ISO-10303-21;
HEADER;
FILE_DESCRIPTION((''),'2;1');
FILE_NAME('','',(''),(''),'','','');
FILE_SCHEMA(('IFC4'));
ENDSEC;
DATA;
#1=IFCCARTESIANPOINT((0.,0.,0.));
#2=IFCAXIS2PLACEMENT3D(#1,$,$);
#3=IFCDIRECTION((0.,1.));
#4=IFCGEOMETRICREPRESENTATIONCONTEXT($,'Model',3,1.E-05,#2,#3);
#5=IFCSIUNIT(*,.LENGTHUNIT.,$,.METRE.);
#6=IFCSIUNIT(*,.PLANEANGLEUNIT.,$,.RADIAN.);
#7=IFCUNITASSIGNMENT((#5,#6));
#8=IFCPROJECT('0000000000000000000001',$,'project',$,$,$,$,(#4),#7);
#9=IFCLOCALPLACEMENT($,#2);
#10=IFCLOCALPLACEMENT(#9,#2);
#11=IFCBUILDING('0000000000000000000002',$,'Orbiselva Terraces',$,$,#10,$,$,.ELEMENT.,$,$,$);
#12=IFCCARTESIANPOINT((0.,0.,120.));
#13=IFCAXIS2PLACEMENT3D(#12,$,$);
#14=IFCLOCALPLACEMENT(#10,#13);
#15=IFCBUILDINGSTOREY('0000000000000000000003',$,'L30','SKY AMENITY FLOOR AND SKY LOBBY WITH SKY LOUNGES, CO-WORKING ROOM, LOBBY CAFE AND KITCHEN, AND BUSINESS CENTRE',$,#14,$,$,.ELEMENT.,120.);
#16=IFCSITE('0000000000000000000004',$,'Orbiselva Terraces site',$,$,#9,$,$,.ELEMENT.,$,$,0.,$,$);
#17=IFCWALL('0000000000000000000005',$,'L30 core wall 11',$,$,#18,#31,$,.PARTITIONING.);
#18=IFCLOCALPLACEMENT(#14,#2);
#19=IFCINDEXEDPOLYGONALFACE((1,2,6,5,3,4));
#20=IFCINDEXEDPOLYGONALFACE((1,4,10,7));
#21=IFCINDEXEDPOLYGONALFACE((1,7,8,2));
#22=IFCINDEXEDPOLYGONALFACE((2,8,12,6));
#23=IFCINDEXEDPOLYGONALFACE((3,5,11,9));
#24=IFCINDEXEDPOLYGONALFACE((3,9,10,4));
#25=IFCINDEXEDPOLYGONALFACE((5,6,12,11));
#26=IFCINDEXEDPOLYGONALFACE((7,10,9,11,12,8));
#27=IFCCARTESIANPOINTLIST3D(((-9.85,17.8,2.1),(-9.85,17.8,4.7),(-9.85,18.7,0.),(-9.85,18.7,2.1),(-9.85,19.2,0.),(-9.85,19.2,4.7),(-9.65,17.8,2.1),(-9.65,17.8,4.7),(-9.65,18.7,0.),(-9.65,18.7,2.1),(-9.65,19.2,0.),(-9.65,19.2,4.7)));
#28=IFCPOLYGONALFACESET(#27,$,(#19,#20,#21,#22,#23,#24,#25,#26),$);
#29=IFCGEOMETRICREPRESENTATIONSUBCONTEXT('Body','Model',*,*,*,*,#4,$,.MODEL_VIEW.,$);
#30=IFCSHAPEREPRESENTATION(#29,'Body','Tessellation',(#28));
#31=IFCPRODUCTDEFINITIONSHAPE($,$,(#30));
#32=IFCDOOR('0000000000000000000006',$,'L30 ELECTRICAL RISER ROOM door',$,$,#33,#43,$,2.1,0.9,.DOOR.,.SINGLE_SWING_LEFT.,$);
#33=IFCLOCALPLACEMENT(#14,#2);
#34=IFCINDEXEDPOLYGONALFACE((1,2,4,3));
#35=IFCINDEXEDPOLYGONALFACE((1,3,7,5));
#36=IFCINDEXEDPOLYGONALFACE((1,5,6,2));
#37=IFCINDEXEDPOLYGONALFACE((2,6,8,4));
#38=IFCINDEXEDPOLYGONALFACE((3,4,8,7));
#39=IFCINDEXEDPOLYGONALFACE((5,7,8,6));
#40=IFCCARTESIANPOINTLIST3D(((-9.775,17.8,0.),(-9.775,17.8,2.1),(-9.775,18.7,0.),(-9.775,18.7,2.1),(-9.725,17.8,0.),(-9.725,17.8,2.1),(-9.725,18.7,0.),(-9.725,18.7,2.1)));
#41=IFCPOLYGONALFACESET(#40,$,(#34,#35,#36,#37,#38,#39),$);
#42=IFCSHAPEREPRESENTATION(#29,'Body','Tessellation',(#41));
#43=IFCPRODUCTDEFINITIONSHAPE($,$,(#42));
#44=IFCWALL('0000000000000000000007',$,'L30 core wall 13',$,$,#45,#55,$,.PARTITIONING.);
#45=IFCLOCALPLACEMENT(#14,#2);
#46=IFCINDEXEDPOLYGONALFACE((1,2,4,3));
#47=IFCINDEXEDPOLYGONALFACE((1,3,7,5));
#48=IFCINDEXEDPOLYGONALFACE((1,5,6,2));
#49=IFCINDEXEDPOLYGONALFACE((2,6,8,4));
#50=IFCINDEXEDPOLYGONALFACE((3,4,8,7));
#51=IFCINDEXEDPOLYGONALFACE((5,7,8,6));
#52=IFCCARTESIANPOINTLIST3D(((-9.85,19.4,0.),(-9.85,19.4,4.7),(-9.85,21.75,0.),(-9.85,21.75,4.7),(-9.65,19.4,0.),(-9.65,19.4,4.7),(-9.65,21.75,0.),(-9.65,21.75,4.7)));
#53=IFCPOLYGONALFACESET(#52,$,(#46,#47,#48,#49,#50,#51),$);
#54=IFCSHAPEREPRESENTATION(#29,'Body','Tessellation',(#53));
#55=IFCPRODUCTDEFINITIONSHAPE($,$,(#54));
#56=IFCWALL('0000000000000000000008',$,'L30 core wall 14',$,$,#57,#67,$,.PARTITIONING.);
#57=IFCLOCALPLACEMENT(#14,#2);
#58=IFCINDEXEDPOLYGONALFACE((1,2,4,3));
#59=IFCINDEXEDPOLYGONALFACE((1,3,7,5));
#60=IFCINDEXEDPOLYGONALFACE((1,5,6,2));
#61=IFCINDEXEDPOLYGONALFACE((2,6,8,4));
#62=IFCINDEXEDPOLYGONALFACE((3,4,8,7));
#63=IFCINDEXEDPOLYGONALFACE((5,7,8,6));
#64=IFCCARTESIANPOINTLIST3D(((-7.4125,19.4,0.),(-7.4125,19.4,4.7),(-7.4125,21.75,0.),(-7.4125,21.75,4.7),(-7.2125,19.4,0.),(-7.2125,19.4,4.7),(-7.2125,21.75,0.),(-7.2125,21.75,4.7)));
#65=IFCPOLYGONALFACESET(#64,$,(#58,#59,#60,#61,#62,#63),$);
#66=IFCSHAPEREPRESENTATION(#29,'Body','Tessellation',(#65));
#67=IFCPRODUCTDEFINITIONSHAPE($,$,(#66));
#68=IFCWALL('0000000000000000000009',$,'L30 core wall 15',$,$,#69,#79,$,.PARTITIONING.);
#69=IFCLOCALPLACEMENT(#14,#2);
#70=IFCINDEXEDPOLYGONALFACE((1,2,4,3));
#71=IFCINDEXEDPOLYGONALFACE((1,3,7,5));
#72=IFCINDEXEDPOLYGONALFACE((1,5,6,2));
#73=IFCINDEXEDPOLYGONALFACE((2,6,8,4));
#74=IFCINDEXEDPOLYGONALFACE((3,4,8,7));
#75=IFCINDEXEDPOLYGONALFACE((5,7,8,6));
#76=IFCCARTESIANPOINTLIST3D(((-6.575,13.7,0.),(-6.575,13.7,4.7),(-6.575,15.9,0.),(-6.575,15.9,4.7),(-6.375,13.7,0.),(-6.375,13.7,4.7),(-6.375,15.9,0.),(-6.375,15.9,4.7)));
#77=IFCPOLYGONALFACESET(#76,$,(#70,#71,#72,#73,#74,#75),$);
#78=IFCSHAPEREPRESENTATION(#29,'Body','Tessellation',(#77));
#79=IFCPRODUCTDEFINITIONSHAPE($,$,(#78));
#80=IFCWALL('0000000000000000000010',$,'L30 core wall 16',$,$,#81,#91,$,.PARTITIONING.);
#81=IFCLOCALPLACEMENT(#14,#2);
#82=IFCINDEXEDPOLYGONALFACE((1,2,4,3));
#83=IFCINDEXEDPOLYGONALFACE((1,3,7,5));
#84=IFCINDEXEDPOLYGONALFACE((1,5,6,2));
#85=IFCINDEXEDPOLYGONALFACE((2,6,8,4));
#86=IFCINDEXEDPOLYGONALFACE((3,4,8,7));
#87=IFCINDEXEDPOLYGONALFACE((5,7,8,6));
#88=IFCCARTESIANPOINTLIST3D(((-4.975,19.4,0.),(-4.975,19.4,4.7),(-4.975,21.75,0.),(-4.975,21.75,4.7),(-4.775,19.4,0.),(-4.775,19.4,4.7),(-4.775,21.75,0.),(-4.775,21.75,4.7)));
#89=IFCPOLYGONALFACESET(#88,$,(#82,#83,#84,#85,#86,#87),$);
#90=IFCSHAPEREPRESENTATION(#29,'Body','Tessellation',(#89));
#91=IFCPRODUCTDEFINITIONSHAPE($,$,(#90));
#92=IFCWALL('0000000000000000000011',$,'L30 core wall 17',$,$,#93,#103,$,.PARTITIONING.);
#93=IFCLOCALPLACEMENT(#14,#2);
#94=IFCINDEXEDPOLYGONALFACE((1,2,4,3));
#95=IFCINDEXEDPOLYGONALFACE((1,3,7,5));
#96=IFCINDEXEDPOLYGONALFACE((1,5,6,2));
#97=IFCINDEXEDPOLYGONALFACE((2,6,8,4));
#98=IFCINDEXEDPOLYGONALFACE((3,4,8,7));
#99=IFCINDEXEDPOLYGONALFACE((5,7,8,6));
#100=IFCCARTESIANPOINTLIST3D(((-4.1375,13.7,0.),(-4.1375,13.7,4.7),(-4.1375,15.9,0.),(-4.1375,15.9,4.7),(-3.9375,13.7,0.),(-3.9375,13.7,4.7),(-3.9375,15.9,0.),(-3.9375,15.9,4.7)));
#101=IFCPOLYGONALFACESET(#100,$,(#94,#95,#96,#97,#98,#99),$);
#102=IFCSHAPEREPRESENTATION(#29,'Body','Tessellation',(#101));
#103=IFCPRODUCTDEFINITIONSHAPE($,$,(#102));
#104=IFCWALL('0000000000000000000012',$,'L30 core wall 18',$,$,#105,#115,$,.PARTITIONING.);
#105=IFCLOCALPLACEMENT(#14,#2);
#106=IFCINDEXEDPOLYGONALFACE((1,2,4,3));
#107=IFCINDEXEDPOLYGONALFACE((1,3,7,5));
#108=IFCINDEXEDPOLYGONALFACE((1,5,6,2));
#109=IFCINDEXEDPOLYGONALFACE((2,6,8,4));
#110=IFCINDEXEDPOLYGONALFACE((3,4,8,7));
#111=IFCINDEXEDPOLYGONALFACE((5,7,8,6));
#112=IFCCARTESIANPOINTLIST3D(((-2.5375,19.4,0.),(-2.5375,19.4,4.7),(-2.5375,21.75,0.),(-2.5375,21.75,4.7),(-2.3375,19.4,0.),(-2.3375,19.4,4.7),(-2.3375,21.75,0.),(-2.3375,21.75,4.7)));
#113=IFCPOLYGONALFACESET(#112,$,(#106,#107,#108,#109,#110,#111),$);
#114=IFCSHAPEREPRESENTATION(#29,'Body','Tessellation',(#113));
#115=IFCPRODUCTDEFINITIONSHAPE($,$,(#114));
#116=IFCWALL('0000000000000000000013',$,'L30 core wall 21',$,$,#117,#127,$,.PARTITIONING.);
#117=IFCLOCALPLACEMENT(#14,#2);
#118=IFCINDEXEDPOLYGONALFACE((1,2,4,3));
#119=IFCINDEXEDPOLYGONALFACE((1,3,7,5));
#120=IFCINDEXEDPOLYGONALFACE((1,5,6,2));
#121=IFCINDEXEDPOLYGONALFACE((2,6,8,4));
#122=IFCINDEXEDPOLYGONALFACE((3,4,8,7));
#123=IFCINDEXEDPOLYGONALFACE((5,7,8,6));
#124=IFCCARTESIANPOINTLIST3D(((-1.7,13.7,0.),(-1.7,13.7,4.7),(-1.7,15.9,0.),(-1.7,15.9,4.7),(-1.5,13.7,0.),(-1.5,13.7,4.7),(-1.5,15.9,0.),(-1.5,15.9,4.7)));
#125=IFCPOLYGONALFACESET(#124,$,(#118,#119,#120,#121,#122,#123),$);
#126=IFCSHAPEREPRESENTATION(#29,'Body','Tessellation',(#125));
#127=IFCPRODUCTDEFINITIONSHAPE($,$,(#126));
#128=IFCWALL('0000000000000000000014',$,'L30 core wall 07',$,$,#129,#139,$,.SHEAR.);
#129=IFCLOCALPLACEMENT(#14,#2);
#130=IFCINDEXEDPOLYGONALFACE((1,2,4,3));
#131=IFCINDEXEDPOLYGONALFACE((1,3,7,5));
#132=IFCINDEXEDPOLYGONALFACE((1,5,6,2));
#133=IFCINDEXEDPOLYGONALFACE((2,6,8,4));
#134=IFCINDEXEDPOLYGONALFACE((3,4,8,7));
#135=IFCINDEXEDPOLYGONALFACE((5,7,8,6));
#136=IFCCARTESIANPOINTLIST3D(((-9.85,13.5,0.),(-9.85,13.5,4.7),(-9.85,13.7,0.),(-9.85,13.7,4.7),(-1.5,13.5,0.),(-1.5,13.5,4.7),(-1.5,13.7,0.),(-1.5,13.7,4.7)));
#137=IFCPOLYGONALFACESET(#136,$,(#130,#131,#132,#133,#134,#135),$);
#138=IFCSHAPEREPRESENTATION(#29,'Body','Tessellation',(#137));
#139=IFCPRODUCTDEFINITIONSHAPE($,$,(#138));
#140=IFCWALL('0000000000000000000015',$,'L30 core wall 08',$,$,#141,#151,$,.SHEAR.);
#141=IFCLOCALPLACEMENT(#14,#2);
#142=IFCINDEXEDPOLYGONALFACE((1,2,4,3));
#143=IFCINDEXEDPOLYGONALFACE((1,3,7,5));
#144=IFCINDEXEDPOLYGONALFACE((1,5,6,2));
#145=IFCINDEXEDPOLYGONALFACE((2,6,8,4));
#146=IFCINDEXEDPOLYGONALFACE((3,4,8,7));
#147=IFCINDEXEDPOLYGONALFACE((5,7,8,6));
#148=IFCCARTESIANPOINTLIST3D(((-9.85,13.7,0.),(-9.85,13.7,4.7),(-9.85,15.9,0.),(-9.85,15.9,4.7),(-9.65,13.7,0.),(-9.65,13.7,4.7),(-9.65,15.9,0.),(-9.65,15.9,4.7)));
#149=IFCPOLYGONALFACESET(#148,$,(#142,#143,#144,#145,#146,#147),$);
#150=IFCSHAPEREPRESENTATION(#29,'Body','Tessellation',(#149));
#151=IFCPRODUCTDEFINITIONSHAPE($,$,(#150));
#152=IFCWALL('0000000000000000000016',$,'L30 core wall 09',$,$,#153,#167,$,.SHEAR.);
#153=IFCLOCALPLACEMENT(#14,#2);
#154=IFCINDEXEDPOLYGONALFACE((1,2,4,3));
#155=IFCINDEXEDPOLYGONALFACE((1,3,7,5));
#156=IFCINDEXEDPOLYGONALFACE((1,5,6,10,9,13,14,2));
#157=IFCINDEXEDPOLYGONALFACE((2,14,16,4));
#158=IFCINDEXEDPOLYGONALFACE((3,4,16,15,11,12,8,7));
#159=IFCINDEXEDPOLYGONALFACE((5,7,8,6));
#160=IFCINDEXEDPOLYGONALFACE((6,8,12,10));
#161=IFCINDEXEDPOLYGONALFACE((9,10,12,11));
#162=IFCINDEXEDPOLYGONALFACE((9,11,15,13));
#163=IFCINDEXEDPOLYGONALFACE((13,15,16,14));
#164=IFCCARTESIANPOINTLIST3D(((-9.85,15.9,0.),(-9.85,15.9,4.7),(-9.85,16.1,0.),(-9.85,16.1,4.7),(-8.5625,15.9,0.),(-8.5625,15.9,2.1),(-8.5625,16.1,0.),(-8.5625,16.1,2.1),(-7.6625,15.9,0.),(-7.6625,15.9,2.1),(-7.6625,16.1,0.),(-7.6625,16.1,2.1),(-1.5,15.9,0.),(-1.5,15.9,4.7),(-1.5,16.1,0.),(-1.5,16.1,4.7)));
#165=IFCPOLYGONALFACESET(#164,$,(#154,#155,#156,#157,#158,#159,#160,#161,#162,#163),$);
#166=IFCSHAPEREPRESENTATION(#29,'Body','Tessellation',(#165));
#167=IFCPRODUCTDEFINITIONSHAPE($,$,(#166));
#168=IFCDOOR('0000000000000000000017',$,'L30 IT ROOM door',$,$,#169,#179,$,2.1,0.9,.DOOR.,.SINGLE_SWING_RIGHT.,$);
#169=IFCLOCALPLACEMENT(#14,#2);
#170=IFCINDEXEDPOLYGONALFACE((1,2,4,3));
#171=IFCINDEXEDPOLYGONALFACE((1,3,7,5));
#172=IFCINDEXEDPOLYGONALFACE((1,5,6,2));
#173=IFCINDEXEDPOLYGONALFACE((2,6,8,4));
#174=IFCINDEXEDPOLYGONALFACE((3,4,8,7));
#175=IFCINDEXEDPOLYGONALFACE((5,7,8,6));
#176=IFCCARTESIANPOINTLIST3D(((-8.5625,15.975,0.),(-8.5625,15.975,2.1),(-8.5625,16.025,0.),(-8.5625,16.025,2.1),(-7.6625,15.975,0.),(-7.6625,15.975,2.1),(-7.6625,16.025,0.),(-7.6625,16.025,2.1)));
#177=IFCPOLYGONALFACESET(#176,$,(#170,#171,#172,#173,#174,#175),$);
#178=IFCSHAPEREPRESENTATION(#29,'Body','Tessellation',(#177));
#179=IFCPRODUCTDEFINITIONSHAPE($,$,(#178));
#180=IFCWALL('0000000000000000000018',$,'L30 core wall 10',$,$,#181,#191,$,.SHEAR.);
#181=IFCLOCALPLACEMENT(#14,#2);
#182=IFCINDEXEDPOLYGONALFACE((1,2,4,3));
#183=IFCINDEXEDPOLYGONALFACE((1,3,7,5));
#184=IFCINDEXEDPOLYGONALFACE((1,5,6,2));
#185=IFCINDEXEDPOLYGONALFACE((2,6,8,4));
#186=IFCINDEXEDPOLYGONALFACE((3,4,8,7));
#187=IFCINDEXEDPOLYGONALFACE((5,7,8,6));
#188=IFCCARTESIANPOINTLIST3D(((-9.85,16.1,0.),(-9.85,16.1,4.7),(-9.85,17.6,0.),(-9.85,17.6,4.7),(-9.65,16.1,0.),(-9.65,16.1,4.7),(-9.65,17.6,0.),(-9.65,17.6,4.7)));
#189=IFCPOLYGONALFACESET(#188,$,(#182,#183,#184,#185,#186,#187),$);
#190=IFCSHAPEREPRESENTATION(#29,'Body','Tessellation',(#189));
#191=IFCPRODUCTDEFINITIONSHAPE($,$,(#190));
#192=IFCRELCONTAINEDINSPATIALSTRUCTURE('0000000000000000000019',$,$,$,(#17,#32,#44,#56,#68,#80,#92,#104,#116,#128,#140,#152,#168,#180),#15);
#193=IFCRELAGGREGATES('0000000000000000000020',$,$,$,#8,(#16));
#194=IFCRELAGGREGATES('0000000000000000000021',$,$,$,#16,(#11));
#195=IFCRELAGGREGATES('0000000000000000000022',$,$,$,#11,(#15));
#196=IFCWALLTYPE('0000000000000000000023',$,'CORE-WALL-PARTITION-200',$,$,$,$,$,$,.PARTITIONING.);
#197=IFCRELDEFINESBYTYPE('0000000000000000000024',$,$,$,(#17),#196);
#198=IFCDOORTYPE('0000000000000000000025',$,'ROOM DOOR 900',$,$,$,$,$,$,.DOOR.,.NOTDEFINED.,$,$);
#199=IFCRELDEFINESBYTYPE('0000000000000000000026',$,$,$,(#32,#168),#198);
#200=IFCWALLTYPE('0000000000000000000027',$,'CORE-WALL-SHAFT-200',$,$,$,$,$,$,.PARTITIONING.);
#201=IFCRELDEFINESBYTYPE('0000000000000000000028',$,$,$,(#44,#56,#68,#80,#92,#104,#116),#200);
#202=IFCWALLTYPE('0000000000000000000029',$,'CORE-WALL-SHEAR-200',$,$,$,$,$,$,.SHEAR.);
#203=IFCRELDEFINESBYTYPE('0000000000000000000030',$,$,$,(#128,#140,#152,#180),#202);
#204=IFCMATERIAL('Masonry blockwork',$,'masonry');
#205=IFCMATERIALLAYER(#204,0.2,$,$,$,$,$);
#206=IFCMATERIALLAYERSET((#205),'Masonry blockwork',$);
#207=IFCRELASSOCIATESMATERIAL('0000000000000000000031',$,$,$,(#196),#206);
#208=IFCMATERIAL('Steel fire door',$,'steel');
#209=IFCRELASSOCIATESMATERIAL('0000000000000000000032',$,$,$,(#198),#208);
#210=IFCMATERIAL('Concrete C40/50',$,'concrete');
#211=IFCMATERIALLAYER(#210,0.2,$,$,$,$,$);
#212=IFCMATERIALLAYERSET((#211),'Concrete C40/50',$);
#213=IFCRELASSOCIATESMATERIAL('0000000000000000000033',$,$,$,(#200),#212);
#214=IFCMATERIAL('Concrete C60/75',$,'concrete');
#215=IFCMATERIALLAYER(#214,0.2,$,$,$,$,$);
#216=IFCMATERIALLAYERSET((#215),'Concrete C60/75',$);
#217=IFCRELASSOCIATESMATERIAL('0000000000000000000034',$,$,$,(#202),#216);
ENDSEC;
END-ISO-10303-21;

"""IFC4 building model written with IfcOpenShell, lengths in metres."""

from ifc_helpers import new_model, si_unit, direction, frame, frame_2d, origin, place, context, subcontext, project, spatial, rectangle, extrude, material, layer, layer_set, type_object, element, fill, save


model = new_model("IFC4")

# Units and contexts
model_context = context("Model", 3, precision=1e-05, world=origin(), true_north=direction((0.0, 1.0)))
body_context = subcontext(model_context, "Body", "Model", "MODEL_VIEW")
ifc_project = project(units=[si_unit("LENGTHUNIT", "METRE"), si_unit("PLANEANGLEUNIT", "RADIAN")], contexts=[model_context])

# Site, building, storey
site_placement = place(None, origin())
site = spatial("IfcSite", under=ifc_project, at=site_placement, Name="Orbiselva Terraces site", CompositionType="ELEMENT", RefElevation=0.0)
building_placement = place(site_placement, origin())
building = spatial("IfcBuilding", under=site, at=building_placement, Name="Orbiselva Terraces", CompositionType="ELEMENT")
storey_placement = place(building_placement, frame((0.0, 0.0, 120.0)))
storey = spatial("IfcBuildingStorey", under=building, at=storey_placement, Name="L30", Description="SKY AMENITY FLOOR AND SKY LOBBY WITH SKY LOUNGES, CO-WORKING ROOM, LOBBY CAFE AND KITCHEN, AND BUSINESS CENTRE", CompositionType="ELEMENT", Elevation=120.0)

# Wall, opening, door
ifc_material_1 = material(Name="Masonry blockwork", Category="masonry")
ifc_layer_1 = layer(ifc_material_1, 0.2)
ifc_layer_set_1 = layer_set([ifc_layer_1], Name="Masonry blockwork")
wall_type_1 = type_object("IfcWallType", Name="CORE-WALL-PARTITION-200", PredefinedType="PARTITIONING", material=ifc_layer_set_1)
wall_1_placement = place(storey_placement, frame((-9.75, 17.8, 0.0), z_axis=(0.0, 0.0, 1.0), x_axis=(0.0, 1.0, 0.0)))
wall_1 = element("IfcWall", 1, at=wall_1_placement, inside=storey, type_object=wall_type_1, Name="L30 core wall 11", PredefinedType="PARTITIONING", context=body_context, shape_type="SweptSolid", body=[
    extrude(rectangle(XDim=1.4, YDim=0.2, at=frame_2d((0.7, 0.0))), origin(), (0.0, 0.0, 1.0), 4.7),
])
opening_1_placement = place(wall_1_placement, origin())
opening_1 = element("IfcOpeningElement", 2, at=opening_1_placement, cuts=wall_1, PredefinedType="OPENING", context=body_context, shape_type="SweptSolid", body=[
    extrude(rectangle(XDim=0.9, YDim=2.1, at=frame_2d((0.45, 1.05))), frame((0.0, 0.11, 0.0), z_axis=(0.0, -1.0, 0.0), x_axis=(1.0, 0.0, 0.0)), (0.0, 0.0, 1.0), 0.22),
])
ifc_material_2 = material(Name="Steel fire door", Category="steel")
door_type_1 = type_object("IfcDoorType", Name="ROOM DOOR 900", OperationType="NOTDEFINED", PredefinedType="DOOR", material=ifc_material_2)
door_1_placement = place(opening_1_placement, origin())
door_1 = element("IfcDoor", 3, at=door_1_placement, inside=storey, type_object=door_type_1, Name="L30 ELECTRICAL RISER ROOM door", OperationType="SINGLE_SWING_LEFT", OverallHeight=2.1, OverallWidth=0.9, PredefinedType="DOOR", context=body_context, shape_type="SweptSolid", body=[
    extrude(rectangle(XDim=0.9, YDim=2.1, at=frame_2d((0.45, 1.05))), frame((0.0, 0.025, 0.0), z_axis=(0.0, -1.0, 0.0), x_axis=(1.0, 0.0, 0.0)), (0.0, 0.0, 1.0), 0.05),
])
fill(opening_1, door_1)

# Walls
ifc_material_3 = material(Name="Concrete C40/50", Category="concrete")
ifc_layer_2 = layer(ifc_material_3, 0.2)
ifc_layer_set_2 = layer_set([ifc_layer_2], Name="Concrete C40/50")
wall_type_2 = type_object("IfcWallType", Name="CORE-WALL-SHAFT-200", PredefinedType="PARTITIONING", material=ifc_layer_set_2)
for number, where, z_axis, x_axis, name in (
    (4, (-9.75, 19.4, 0.0), (0.0, 0.0, 1.0), (0.0, 1.0, 0.0), "L30 core wall 13"),
    (5, (-7.3125, 19.4, 0.0), (0.0, 0.0, 1.0), (0.0, 1.0, 0.0), "L30 core wall 14"),
):
    element("IfcWall", number, at=place(storey_placement, frame(where, z_axis=z_axis, x_axis=x_axis)), inside=storey, type_object=wall_type_2, Name=name, PredefinedType="PARTITIONING", context=body_context, shape_type="SweptSolid", body=[
        extrude(rectangle(XDim=2.35, YDim=0.2, at=frame_2d((1.175, 0.0))), origin(), (0.0, 0.0, 1.0), 4.7),
    ])
wall_2_placement = place(storey_placement, frame((-6.475, 13.7, 0.0), z_axis=(0.0, 0.0, 1.0), x_axis=(0.0, 1.0, 0.0)))
element("IfcWall", 6, at=wall_2_placement, inside=storey, type_object=wall_type_2, Name="L30 core wall 15", PredefinedType="PARTITIONING", context=body_context, shape_type="SweptSolid", body=[
    extrude(rectangle(XDim=2.2, YDim=0.2, at=frame_2d((1.1, 0.0))), origin(), (0.0, 0.0, 1.0), 4.7),
])
wall_3_placement = place(storey_placement, frame((-4.875, 19.4, 0.0), z_axis=(0.0, 0.0, 1.0), x_axis=(0.0, 1.0, 0.0)))
element("IfcWall", 7, at=wall_3_placement, inside=storey, type_object=wall_type_2, Name="L30 core wall 16", PredefinedType="PARTITIONING", context=body_context, shape_type="SweptSolid", body=[
    extrude(rectangle(XDim=2.35, YDim=0.2, at=frame_2d((1.175, 0.0))), origin(), (0.0, 0.0, 1.0), 4.7),
])
wall_4_placement = place(storey_placement, frame((-4.0375, 13.7, 0.0), z_axis=(0.0, 0.0, 1.0), x_axis=(0.0, 1.0, 0.0)))
element("IfcWall", 8, at=wall_4_placement, inside=storey, type_object=wall_type_2, Name="L30 core wall 17", PredefinedType="PARTITIONING", context=body_context, shape_type="SweptSolid", body=[
    extrude(rectangle(XDim=2.2, YDim=0.2, at=frame_2d((1.1, 0.0))), origin(), (0.0, 0.0, 1.0), 4.7),
])
wall_5_placement = place(storey_placement, frame((-2.4375, 19.4, 0.0), z_axis=(0.0, 0.0, 1.0), x_axis=(0.0, 1.0, 0.0)))
element("IfcWall", 9, at=wall_5_placement, inside=storey, type_object=wall_type_2, Name="L30 core wall 18", PredefinedType="PARTITIONING", context=body_context, shape_type="SweptSolid", body=[
    extrude(rectangle(XDim=2.35, YDim=0.2, at=frame_2d((1.175, 0.0))), origin(), (0.0, 0.0, 1.0), 4.7),
])
wall_6_placement = place(storey_placement, frame((-1.6, 13.7, 0.0), z_axis=(0.0, 0.0, 1.0), x_axis=(0.0, 1.0, 0.0)))
element("IfcWall", 10, at=wall_6_placement, inside=storey, type_object=wall_type_2, Name="L30 core wall 21", PredefinedType="PARTITIONING", context=body_context, shape_type="SweptSolid", body=[
    extrude(rectangle(XDim=2.2, YDim=0.2, at=frame_2d((1.1, 0.0))), origin(), (0.0, 0.0, 1.0), 4.7),
])
ifc_material_4 = material(Name="Concrete C60/75", Category="concrete")
ifc_layer_3 = layer(ifc_material_4, 0.2)
ifc_layer_set_3 = layer_set([ifc_layer_3], Name="Concrete C60/75")
wall_type_3 = type_object("IfcWallType", Name="CORE-WALL-SHEAR-200", PredefinedType="SHEAR", material=ifc_layer_set_3)
wall_7_placement = place(storey_placement, frame((-9.85, 13.6, 0.0), z_axis=(0.0, 0.0, 1.0), x_axis=(1.0, 0.0, 0.0)))
element("IfcWall", 11, at=wall_7_placement, inside=storey, type_object=wall_type_3, Name="L30 core wall 07", PredefinedType="SHEAR", context=body_context, shape_type="SweptSolid", body=[
    extrude(rectangle(XDim=8.35, YDim=0.2, at=frame_2d((4.175, 0.0))), origin(), (0.0, 0.0, 1.0), 4.7),
])
wall_8_placement = place(storey_placement, frame((-9.75, 13.7, 0.0), z_axis=(0.0, 0.0, 1.0), x_axis=(0.0, 1.0, 0.0)))
element("IfcWall", 12, at=wall_8_placement, inside=storey, type_object=wall_type_3, Name="L30 core wall 08", PredefinedType="SHEAR", context=body_context, shape_type="SweptSolid", body=[
    extrude(rectangle(XDim=2.2, YDim=0.2, at=frame_2d((1.1, 0.0))), origin(), (0.0, 0.0, 1.0), 4.7),
])

# Wall, opening, door
wall_9_placement = place(storey_placement, frame((-1.5, 16.0, 0.0), z_axis=(0.0, 0.0, 1.0), x_axis=(-1.0, 0.0, 0.0)))
wall_9 = element("IfcWall", 13, at=wall_9_placement, inside=storey, type_object=wall_type_3, Name="L30 core wall 09", PredefinedType="SHEAR", context=body_context, shape_type="SweptSolid", body=[
    extrude(rectangle(XDim=8.35, YDim=0.2, at=frame_2d((4.175, 0.0))), origin(), (0.0, 0.0, 1.0), 4.7),
])
opening_2_placement = place(wall_9_placement, frame((6.1625, 0.0, 0.0)))
opening_2 = element("IfcOpeningElement", 14, at=opening_2_placement, cuts=wall_9, PredefinedType="OPENING", context=body_context, shape_type="SweptSolid", body=[
    extrude(rectangle(XDim=0.9, YDim=2.1, at=frame_2d((0.45, 1.05))), frame((0.0, 0.11, 0.0), z_axis=(0.0, -1.0, 0.0), x_axis=(1.0, 0.0, 0.0)), (0.0, 0.0, 1.0), 0.22),
])
door_2_placement = place(opening_2_placement, origin())
door_2 = element("IfcDoor", 15, at=door_2_placement, inside=storey, type_object=door_type_1, Name="L30 IT ROOM door", OperationType="SINGLE_SWING_RIGHT", OverallHeight=2.1, OverallWidth=0.9, PredefinedType="DOOR", context=body_context, shape_type="SweptSolid", body=[
    extrude(rectangle(XDim=0.9, YDim=2.1, at=frame_2d((0.45, 1.05))), frame((0.0, 0.025, 0.0), z_axis=(0.0, -1.0, 0.0), x_axis=(1.0, 0.0, 0.0)), (0.0, 0.0, 1.0), 0.05),
])
fill(opening_2, door_2)

# Wall
wall_10_placement = place(storey_placement, frame((-9.75, 16.1, 0.0), z_axis=(0.0, 0.0, 1.0), x_axis=(0.0, 1.0, 0.0)))
element("IfcWall", 16, at=wall_10_placement, inside=storey, type_object=wall_type_3, Name="L30 core wall 10", PredefinedType="SHEAR", context=body_context, shape_type="SweptSolid", body=[
    extrude(rectangle(XDim=1.5, YDim=0.2, at=frame_2d((0.75, 0.0))), origin(), (0.0, 0.0, 1.0), 4.7),
])

save(model, "model.ifc")
